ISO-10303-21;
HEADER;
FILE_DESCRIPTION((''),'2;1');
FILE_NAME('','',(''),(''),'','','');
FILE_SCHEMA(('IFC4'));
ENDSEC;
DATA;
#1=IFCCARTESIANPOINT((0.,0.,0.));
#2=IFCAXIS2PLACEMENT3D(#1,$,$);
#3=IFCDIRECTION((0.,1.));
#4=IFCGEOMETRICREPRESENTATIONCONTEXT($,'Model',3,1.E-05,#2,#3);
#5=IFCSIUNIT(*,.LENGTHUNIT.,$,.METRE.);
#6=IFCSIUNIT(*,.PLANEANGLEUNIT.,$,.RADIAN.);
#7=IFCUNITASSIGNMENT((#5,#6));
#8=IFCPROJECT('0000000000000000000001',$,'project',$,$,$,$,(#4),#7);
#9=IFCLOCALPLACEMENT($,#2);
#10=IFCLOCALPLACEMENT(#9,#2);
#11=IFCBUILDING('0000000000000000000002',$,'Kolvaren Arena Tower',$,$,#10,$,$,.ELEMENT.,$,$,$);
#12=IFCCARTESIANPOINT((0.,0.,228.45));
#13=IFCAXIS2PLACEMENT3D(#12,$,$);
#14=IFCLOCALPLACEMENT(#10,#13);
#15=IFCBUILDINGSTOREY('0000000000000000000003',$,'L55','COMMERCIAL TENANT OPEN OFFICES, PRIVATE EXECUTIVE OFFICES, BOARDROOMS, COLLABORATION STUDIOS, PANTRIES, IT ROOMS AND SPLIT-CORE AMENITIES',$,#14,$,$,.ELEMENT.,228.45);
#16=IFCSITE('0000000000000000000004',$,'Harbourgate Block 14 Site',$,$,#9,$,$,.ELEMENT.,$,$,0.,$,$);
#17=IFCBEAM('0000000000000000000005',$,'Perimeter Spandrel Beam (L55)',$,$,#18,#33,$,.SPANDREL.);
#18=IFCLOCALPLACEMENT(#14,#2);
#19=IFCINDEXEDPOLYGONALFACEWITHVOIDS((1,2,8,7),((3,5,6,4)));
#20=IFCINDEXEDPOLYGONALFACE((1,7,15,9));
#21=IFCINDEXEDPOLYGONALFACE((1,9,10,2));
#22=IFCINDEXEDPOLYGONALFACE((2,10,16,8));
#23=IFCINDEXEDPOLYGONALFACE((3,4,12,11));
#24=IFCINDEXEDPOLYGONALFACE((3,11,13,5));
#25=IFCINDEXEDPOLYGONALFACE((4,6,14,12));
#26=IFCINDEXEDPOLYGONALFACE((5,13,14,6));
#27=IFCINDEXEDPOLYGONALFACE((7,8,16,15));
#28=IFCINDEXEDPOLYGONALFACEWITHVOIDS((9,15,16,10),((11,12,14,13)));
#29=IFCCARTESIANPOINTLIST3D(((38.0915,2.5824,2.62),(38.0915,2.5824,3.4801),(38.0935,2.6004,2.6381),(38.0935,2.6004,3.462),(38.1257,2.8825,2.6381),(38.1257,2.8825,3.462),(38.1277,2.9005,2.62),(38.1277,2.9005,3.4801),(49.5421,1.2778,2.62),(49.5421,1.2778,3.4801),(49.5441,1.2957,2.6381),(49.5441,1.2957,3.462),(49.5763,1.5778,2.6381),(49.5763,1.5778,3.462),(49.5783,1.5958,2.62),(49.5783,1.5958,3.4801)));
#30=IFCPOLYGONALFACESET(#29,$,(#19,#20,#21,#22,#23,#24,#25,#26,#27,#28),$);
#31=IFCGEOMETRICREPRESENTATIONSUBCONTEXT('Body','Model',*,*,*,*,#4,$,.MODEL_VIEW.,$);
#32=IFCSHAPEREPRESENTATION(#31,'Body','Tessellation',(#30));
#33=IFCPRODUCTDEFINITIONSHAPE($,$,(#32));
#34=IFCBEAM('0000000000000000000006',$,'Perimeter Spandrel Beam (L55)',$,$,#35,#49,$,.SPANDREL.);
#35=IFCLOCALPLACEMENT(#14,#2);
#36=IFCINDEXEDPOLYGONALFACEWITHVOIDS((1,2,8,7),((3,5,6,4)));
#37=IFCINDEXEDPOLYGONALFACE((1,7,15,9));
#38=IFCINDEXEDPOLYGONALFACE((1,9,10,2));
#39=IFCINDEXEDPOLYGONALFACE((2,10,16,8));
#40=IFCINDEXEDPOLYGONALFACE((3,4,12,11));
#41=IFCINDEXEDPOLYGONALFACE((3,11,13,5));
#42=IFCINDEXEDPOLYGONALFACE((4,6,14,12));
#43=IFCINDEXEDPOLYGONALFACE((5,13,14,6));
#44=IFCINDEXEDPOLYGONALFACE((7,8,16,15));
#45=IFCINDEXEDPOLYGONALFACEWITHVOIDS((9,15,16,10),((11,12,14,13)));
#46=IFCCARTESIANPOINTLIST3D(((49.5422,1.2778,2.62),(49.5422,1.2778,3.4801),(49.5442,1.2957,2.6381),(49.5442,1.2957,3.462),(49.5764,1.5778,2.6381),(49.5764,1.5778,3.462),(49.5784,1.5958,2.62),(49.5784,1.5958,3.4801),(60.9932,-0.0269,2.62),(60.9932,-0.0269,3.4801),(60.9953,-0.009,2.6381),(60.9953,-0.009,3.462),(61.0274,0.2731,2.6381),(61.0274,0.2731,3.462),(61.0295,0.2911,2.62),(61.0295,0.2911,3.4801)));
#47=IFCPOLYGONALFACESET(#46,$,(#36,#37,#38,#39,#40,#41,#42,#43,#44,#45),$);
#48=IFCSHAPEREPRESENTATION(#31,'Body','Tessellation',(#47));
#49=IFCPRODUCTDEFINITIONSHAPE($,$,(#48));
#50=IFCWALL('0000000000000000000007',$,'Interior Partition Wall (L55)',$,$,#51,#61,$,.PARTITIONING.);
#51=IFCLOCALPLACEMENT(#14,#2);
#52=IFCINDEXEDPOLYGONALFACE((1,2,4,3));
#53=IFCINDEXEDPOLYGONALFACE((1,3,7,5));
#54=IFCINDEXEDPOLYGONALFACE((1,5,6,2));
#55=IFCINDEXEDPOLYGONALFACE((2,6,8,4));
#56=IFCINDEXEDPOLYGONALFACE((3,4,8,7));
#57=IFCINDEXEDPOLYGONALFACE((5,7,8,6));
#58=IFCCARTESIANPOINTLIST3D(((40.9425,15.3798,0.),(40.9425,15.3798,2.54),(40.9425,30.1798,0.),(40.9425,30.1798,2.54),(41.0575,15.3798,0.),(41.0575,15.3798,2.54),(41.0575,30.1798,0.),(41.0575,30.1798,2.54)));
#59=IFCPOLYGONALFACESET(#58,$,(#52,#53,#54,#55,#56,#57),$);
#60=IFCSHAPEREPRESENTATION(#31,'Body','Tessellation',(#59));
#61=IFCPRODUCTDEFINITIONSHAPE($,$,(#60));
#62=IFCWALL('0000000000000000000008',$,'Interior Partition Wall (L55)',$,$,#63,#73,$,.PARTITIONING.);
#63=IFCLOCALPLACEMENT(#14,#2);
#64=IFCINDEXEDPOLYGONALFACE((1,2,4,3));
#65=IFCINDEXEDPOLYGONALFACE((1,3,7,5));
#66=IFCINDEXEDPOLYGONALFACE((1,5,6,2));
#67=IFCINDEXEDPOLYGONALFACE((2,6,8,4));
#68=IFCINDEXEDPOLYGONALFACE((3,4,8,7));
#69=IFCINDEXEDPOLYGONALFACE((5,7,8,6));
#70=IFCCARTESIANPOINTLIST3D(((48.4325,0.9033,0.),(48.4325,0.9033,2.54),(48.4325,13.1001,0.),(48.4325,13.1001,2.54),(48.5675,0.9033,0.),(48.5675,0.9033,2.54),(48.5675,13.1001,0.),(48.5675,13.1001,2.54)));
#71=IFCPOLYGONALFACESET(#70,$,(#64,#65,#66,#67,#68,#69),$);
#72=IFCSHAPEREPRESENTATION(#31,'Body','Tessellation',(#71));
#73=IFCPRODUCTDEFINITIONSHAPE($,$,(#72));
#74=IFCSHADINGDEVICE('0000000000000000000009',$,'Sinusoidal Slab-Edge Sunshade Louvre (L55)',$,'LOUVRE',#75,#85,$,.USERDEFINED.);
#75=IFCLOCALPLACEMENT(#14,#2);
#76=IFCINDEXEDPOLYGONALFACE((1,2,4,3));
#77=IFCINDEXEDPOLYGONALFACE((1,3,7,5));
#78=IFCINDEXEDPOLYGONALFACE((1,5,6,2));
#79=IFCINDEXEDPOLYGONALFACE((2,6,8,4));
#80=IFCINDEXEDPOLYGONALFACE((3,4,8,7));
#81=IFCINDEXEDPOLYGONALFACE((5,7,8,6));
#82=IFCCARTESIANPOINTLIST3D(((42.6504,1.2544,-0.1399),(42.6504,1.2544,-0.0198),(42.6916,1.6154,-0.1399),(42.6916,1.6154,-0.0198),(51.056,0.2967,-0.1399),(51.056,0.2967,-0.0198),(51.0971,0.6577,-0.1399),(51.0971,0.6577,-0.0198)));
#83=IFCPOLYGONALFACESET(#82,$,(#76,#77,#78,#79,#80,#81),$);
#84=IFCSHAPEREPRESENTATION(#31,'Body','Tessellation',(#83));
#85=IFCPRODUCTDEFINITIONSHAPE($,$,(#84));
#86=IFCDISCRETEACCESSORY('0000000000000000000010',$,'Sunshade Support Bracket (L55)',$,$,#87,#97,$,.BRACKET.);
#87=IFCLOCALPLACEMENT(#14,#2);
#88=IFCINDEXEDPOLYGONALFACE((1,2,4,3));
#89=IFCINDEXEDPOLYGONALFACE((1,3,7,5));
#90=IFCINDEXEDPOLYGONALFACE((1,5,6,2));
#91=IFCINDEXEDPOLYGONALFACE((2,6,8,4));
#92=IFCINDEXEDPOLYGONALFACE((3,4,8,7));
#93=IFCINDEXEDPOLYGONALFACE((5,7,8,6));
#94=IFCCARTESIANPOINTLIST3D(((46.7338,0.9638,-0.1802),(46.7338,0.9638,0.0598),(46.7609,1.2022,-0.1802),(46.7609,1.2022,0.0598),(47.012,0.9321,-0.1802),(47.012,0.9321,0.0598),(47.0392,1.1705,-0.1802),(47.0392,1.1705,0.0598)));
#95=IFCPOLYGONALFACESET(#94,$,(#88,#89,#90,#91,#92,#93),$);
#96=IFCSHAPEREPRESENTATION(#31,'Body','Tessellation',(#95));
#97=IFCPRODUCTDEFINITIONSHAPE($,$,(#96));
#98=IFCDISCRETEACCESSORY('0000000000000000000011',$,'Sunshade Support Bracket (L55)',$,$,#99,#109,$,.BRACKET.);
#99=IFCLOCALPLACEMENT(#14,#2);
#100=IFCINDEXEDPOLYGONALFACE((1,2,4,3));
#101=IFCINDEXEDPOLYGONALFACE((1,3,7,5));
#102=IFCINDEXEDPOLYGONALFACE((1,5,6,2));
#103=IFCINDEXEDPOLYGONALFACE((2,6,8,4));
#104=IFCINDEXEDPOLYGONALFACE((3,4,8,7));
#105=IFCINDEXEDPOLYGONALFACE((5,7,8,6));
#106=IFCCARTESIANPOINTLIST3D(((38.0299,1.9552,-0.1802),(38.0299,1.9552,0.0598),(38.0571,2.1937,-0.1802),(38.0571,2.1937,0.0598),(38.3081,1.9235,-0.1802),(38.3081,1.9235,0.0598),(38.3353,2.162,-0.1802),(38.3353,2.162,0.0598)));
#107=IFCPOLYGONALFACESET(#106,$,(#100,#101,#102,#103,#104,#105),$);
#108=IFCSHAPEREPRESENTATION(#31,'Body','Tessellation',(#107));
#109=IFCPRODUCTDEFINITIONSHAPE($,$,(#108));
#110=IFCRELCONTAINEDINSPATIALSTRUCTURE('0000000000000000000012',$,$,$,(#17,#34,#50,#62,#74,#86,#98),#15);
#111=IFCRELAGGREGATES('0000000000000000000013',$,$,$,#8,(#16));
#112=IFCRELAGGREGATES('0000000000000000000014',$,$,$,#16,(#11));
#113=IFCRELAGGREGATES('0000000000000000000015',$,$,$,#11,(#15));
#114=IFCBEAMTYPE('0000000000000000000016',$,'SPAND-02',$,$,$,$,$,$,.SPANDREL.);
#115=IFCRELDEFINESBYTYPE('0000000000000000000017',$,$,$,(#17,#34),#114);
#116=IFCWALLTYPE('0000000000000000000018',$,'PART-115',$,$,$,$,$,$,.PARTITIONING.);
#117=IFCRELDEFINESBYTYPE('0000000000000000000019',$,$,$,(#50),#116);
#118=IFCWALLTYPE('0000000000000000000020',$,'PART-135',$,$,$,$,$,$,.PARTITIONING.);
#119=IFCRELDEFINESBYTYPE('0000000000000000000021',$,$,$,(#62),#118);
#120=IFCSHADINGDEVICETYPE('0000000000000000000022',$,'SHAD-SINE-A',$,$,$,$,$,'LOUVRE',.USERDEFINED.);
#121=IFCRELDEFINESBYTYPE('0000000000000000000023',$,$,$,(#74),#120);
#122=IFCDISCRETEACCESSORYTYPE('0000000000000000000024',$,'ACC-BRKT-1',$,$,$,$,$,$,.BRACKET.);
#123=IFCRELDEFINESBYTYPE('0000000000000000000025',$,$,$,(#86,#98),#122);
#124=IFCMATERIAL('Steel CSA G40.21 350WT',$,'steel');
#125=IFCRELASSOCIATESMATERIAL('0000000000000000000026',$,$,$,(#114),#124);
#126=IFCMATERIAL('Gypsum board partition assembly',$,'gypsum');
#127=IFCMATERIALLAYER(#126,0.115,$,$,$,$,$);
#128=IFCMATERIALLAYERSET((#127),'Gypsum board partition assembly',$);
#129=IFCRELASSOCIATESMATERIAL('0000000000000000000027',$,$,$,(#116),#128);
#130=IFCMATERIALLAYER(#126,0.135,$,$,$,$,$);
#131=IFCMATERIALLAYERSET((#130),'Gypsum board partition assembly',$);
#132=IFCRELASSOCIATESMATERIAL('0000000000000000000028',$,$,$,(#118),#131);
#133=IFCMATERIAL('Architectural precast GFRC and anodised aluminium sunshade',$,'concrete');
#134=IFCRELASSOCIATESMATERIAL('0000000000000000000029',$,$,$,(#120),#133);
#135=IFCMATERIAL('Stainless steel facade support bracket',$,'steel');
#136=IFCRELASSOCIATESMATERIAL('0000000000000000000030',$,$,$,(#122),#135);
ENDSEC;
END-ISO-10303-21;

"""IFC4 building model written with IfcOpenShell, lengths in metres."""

from ifc_helpers import new_model, si_unit, direction, frame, frame_2d, origin, origin_2d, place, context, subcontext, project, spatial, rectangle, hollow_rectangle, extrude, material, layer, layer_set, material_profile, profile_set, type_object, element, save


model = new_model("IFC4")

# Units and contexts
model_context = context("Model", 3, precision=1e-05, world=origin(), true_north=direction((0.0, 1.0)))
body_context = subcontext(model_context, "Body", "Model", "MODEL_VIEW")
ifc_project = project(units=[si_unit("LENGTHUNIT", "METRE"), si_unit("PLANEANGLEUNIT", "RADIAN")], contexts=[model_context])

# Site, building, storey
site_placement = place(None, origin())
site = spatial("IfcSite", under=ifc_project, at=site_placement, Name="Harbourgate Block 14 Site", CompositionType="ELEMENT", RefElevation=0.0)
building_placement = place(site_placement, origin())
building = spatial("IfcBuilding", under=site, at=building_placement, Name="Kolvaren Arena Tower", CompositionType="ELEMENT")
storey_placement = place(building_placement, frame((0.0, 0.0, 228.45)))
storey = spatial("IfcBuildingStorey", under=building, at=storey_placement, Name="L55", Description="COMMERCIAL TENANT OPEN OFFICES, PRIVATE EXECUTIVE OFFICES, BOARDROOMS, COLLABORATION STUDIOS, PANTRIES, IT ROOMS AND SPLIT-CORE AMENITIES", CompositionType="ELEMENT", Elevation=228.45)

# Beams
ifc_material_1 = material(Name="Steel CSA G40.21 350WT", Category="steel")
ifc_material_profile_1 = material_profile(ifc_material_1, hollow_rectangle(XDim=0.3201, YDim=0.8601, WallThickness=0.0181, at=origin_2d()), Name="HSS 860x320x18")
ifc_profile_set_1 = profile_set([ifc_material_profile_1], Name="Steel CSA G40.21 350WT")
beam_type_1 = type_object("IfcBeamType", Name="SPAND-02", PredefinedType="SPANDREL", material=ifc_profile_set_1)
beam_1_placement = place(storey_placement, frame((38.1096, 2.7415, 3.05), z_axis=(0.993571, -0.113207, 0.0), x_axis=(0.113207, 0.993571, 0.0)))
element("IfcBeam", 1, at=beam_1_placement, inside=storey, type_object=beam_type_1, Name="Perimeter Spandrel Beam (L55)", PredefinedType="SPANDREL", context=body_context, shape_type="SweptSolid", body=[
    extrude(hollow_rectangle(XDim=0.3201, YDim=0.8601, WallThickness=0.0181, at=origin_2d()), origin(), (0.0, 0.0, 1.0), 11.5247),
])
beam_2_placement = place(storey_placement, frame((49.5603, 1.4368, 3.05), z_axis=(0.993572, -0.113202, 0.0), x_axis=(0.113202, 0.993572, 0.0)))
element("IfcBeam", 2, at=beam_2_placement, inside=storey, type_object=beam_type_1, Name="Perimeter Spandrel Beam (L55)", PredefinedType="SPANDREL", context=body_context, shape_type="SweptSolid", body=[
    extrude(hollow_rectangle(XDim=0.3201, YDim=0.8601, WallThickness=0.0181, at=origin_2d()), origin(), (0.0, 0.0, 1.0), 11.5251),
])

# Walls
ifc_material_2 = material(Name="Gypsum board partition assembly", Category="gypsum")
ifc_layer_1 = layer(ifc_material_2, 0.115)
ifc_layer_set_1 = layer_set([ifc_layer_1], Name="Gypsum board partition assembly")
wall_type_1 = type_object("IfcWallType", Name="PART-115", PredefinedType="PARTITIONING", material=ifc_layer_set_1)
wall_1_placement = place(storey_placement, frame((41.0, 15.3799, 0.0), z_axis=(0.0, 0.0, 1.0), x_axis=(0.0, 1.0, 0.0)))
element("IfcWall", 3, at=wall_1_placement, inside=storey, type_object=wall_type_1, Name="Interior Partition Wall (L55)", PredefinedType="PARTITIONING", context=body_context, shape_type="SweptSolid", body=[
    extrude(rectangle(XDim=14.8, YDim=0.115, at=frame_2d((7.3999, 0.0))), origin(), (0.0, 0.0, 1.0), 2.54),
])
ifc_layer_2 = layer(ifc_material_2, 0.135)
ifc_layer_set_2 = layer_set([ifc_layer_2], Name="Gypsum board partition assembly")
wall_type_2 = type_object("IfcWallType", Name="PART-135", PredefinedType="PARTITIONING", material=ifc_layer_set_2)
wall_2_placement = place(storey_placement, frame((48.5, 0.9033, 0.0), z_axis=(0.0, 0.0, 1.0), x_axis=(0.0, 1.0, 0.0)))
element("IfcWall", 4, at=wall_2_placement, inside=storey, type_object=wall_type_2, Name="Interior Partition Wall (L55)", PredefinedType="PARTITIONING", context=body_context, shape_type="SweptSolid", body=[
    extrude(rectangle(XDim=12.1968, YDim=0.135, at=frame_2d((6.0984, 0.0))), origin(), (0.0, 0.0, 1.0), 2.54),
])

# Shading device
ifc_material_3 = material(Name="Architectural precast GFRC and anodised aluminium sunshade", Category="concrete")
shading_device_type = type_object("IfcShadingDeviceType", Name="SHAD-SINE-A", ElementType="LOUVRE", PredefinedType="USERDEFINED", material=ifc_material_3)
shading_device_placement = place(storey_placement, frame((46.8738, 0.9561, -0.1399), z_axis=(0.0, 0.0, 1.0), x_axis=(-0.993572, 0.113205, 0.0)))
element("IfcShadingDevice", 5, at=shading_device_placement, inside=storey, type_object=shading_device_type, Name="Sinusoidal Slab-Edge Sunshade Louvre (L55)", ObjectType="LOUVRE", PredefinedType="USERDEFINED", context=body_context, shape_type="SweptSolid", body=[
    extrude(rectangle(XDim=8.46, YDim=0.3633, at=origin_2d()), origin(), (0.0, 0.0, 1.0), 0.1201),
])

# Discrete accessories
ifc_material_4 = material(Name="Stainless steel facade support bracket", Category="steel")
discrete_accessory_type = type_object("IfcDiscreteAccessoryType", Name="ACC-BRKT-1", PredefinedType="BRACKET", material=ifc_material_4)
for number, where, z_axis, x_axis, name in (
    (6, (46.8865, 1.0671, -0.1802), (0.0, 0.0, 1.0), (-0.993572, 0.113205, 0.0), "Sunshade Support Bracket (L55)"),
    (7, (38.1826, 2.0586, -0.1802), (0.0, 0.0, 1.0), (-0.993572, 0.113205, 0.0), "Sunshade Support Bracket (L55)"),
):
    element("IfcDiscreteAccessory", number, at=place(storey_placement, frame(where, z_axis=z_axis, x_axis=x_axis)), inside=storey, type_object=discrete_accessory_type, Name=name, PredefinedType="BRACKET", context=body_context, shape_type="SweptSolid", body=[
        extrude(rectangle(XDim=0.28, YDim=0.24, at=origin_2d()), origin(), (0.0, 0.0, 1.0), 0.24),
    ])

save(model, "model.ifc")
